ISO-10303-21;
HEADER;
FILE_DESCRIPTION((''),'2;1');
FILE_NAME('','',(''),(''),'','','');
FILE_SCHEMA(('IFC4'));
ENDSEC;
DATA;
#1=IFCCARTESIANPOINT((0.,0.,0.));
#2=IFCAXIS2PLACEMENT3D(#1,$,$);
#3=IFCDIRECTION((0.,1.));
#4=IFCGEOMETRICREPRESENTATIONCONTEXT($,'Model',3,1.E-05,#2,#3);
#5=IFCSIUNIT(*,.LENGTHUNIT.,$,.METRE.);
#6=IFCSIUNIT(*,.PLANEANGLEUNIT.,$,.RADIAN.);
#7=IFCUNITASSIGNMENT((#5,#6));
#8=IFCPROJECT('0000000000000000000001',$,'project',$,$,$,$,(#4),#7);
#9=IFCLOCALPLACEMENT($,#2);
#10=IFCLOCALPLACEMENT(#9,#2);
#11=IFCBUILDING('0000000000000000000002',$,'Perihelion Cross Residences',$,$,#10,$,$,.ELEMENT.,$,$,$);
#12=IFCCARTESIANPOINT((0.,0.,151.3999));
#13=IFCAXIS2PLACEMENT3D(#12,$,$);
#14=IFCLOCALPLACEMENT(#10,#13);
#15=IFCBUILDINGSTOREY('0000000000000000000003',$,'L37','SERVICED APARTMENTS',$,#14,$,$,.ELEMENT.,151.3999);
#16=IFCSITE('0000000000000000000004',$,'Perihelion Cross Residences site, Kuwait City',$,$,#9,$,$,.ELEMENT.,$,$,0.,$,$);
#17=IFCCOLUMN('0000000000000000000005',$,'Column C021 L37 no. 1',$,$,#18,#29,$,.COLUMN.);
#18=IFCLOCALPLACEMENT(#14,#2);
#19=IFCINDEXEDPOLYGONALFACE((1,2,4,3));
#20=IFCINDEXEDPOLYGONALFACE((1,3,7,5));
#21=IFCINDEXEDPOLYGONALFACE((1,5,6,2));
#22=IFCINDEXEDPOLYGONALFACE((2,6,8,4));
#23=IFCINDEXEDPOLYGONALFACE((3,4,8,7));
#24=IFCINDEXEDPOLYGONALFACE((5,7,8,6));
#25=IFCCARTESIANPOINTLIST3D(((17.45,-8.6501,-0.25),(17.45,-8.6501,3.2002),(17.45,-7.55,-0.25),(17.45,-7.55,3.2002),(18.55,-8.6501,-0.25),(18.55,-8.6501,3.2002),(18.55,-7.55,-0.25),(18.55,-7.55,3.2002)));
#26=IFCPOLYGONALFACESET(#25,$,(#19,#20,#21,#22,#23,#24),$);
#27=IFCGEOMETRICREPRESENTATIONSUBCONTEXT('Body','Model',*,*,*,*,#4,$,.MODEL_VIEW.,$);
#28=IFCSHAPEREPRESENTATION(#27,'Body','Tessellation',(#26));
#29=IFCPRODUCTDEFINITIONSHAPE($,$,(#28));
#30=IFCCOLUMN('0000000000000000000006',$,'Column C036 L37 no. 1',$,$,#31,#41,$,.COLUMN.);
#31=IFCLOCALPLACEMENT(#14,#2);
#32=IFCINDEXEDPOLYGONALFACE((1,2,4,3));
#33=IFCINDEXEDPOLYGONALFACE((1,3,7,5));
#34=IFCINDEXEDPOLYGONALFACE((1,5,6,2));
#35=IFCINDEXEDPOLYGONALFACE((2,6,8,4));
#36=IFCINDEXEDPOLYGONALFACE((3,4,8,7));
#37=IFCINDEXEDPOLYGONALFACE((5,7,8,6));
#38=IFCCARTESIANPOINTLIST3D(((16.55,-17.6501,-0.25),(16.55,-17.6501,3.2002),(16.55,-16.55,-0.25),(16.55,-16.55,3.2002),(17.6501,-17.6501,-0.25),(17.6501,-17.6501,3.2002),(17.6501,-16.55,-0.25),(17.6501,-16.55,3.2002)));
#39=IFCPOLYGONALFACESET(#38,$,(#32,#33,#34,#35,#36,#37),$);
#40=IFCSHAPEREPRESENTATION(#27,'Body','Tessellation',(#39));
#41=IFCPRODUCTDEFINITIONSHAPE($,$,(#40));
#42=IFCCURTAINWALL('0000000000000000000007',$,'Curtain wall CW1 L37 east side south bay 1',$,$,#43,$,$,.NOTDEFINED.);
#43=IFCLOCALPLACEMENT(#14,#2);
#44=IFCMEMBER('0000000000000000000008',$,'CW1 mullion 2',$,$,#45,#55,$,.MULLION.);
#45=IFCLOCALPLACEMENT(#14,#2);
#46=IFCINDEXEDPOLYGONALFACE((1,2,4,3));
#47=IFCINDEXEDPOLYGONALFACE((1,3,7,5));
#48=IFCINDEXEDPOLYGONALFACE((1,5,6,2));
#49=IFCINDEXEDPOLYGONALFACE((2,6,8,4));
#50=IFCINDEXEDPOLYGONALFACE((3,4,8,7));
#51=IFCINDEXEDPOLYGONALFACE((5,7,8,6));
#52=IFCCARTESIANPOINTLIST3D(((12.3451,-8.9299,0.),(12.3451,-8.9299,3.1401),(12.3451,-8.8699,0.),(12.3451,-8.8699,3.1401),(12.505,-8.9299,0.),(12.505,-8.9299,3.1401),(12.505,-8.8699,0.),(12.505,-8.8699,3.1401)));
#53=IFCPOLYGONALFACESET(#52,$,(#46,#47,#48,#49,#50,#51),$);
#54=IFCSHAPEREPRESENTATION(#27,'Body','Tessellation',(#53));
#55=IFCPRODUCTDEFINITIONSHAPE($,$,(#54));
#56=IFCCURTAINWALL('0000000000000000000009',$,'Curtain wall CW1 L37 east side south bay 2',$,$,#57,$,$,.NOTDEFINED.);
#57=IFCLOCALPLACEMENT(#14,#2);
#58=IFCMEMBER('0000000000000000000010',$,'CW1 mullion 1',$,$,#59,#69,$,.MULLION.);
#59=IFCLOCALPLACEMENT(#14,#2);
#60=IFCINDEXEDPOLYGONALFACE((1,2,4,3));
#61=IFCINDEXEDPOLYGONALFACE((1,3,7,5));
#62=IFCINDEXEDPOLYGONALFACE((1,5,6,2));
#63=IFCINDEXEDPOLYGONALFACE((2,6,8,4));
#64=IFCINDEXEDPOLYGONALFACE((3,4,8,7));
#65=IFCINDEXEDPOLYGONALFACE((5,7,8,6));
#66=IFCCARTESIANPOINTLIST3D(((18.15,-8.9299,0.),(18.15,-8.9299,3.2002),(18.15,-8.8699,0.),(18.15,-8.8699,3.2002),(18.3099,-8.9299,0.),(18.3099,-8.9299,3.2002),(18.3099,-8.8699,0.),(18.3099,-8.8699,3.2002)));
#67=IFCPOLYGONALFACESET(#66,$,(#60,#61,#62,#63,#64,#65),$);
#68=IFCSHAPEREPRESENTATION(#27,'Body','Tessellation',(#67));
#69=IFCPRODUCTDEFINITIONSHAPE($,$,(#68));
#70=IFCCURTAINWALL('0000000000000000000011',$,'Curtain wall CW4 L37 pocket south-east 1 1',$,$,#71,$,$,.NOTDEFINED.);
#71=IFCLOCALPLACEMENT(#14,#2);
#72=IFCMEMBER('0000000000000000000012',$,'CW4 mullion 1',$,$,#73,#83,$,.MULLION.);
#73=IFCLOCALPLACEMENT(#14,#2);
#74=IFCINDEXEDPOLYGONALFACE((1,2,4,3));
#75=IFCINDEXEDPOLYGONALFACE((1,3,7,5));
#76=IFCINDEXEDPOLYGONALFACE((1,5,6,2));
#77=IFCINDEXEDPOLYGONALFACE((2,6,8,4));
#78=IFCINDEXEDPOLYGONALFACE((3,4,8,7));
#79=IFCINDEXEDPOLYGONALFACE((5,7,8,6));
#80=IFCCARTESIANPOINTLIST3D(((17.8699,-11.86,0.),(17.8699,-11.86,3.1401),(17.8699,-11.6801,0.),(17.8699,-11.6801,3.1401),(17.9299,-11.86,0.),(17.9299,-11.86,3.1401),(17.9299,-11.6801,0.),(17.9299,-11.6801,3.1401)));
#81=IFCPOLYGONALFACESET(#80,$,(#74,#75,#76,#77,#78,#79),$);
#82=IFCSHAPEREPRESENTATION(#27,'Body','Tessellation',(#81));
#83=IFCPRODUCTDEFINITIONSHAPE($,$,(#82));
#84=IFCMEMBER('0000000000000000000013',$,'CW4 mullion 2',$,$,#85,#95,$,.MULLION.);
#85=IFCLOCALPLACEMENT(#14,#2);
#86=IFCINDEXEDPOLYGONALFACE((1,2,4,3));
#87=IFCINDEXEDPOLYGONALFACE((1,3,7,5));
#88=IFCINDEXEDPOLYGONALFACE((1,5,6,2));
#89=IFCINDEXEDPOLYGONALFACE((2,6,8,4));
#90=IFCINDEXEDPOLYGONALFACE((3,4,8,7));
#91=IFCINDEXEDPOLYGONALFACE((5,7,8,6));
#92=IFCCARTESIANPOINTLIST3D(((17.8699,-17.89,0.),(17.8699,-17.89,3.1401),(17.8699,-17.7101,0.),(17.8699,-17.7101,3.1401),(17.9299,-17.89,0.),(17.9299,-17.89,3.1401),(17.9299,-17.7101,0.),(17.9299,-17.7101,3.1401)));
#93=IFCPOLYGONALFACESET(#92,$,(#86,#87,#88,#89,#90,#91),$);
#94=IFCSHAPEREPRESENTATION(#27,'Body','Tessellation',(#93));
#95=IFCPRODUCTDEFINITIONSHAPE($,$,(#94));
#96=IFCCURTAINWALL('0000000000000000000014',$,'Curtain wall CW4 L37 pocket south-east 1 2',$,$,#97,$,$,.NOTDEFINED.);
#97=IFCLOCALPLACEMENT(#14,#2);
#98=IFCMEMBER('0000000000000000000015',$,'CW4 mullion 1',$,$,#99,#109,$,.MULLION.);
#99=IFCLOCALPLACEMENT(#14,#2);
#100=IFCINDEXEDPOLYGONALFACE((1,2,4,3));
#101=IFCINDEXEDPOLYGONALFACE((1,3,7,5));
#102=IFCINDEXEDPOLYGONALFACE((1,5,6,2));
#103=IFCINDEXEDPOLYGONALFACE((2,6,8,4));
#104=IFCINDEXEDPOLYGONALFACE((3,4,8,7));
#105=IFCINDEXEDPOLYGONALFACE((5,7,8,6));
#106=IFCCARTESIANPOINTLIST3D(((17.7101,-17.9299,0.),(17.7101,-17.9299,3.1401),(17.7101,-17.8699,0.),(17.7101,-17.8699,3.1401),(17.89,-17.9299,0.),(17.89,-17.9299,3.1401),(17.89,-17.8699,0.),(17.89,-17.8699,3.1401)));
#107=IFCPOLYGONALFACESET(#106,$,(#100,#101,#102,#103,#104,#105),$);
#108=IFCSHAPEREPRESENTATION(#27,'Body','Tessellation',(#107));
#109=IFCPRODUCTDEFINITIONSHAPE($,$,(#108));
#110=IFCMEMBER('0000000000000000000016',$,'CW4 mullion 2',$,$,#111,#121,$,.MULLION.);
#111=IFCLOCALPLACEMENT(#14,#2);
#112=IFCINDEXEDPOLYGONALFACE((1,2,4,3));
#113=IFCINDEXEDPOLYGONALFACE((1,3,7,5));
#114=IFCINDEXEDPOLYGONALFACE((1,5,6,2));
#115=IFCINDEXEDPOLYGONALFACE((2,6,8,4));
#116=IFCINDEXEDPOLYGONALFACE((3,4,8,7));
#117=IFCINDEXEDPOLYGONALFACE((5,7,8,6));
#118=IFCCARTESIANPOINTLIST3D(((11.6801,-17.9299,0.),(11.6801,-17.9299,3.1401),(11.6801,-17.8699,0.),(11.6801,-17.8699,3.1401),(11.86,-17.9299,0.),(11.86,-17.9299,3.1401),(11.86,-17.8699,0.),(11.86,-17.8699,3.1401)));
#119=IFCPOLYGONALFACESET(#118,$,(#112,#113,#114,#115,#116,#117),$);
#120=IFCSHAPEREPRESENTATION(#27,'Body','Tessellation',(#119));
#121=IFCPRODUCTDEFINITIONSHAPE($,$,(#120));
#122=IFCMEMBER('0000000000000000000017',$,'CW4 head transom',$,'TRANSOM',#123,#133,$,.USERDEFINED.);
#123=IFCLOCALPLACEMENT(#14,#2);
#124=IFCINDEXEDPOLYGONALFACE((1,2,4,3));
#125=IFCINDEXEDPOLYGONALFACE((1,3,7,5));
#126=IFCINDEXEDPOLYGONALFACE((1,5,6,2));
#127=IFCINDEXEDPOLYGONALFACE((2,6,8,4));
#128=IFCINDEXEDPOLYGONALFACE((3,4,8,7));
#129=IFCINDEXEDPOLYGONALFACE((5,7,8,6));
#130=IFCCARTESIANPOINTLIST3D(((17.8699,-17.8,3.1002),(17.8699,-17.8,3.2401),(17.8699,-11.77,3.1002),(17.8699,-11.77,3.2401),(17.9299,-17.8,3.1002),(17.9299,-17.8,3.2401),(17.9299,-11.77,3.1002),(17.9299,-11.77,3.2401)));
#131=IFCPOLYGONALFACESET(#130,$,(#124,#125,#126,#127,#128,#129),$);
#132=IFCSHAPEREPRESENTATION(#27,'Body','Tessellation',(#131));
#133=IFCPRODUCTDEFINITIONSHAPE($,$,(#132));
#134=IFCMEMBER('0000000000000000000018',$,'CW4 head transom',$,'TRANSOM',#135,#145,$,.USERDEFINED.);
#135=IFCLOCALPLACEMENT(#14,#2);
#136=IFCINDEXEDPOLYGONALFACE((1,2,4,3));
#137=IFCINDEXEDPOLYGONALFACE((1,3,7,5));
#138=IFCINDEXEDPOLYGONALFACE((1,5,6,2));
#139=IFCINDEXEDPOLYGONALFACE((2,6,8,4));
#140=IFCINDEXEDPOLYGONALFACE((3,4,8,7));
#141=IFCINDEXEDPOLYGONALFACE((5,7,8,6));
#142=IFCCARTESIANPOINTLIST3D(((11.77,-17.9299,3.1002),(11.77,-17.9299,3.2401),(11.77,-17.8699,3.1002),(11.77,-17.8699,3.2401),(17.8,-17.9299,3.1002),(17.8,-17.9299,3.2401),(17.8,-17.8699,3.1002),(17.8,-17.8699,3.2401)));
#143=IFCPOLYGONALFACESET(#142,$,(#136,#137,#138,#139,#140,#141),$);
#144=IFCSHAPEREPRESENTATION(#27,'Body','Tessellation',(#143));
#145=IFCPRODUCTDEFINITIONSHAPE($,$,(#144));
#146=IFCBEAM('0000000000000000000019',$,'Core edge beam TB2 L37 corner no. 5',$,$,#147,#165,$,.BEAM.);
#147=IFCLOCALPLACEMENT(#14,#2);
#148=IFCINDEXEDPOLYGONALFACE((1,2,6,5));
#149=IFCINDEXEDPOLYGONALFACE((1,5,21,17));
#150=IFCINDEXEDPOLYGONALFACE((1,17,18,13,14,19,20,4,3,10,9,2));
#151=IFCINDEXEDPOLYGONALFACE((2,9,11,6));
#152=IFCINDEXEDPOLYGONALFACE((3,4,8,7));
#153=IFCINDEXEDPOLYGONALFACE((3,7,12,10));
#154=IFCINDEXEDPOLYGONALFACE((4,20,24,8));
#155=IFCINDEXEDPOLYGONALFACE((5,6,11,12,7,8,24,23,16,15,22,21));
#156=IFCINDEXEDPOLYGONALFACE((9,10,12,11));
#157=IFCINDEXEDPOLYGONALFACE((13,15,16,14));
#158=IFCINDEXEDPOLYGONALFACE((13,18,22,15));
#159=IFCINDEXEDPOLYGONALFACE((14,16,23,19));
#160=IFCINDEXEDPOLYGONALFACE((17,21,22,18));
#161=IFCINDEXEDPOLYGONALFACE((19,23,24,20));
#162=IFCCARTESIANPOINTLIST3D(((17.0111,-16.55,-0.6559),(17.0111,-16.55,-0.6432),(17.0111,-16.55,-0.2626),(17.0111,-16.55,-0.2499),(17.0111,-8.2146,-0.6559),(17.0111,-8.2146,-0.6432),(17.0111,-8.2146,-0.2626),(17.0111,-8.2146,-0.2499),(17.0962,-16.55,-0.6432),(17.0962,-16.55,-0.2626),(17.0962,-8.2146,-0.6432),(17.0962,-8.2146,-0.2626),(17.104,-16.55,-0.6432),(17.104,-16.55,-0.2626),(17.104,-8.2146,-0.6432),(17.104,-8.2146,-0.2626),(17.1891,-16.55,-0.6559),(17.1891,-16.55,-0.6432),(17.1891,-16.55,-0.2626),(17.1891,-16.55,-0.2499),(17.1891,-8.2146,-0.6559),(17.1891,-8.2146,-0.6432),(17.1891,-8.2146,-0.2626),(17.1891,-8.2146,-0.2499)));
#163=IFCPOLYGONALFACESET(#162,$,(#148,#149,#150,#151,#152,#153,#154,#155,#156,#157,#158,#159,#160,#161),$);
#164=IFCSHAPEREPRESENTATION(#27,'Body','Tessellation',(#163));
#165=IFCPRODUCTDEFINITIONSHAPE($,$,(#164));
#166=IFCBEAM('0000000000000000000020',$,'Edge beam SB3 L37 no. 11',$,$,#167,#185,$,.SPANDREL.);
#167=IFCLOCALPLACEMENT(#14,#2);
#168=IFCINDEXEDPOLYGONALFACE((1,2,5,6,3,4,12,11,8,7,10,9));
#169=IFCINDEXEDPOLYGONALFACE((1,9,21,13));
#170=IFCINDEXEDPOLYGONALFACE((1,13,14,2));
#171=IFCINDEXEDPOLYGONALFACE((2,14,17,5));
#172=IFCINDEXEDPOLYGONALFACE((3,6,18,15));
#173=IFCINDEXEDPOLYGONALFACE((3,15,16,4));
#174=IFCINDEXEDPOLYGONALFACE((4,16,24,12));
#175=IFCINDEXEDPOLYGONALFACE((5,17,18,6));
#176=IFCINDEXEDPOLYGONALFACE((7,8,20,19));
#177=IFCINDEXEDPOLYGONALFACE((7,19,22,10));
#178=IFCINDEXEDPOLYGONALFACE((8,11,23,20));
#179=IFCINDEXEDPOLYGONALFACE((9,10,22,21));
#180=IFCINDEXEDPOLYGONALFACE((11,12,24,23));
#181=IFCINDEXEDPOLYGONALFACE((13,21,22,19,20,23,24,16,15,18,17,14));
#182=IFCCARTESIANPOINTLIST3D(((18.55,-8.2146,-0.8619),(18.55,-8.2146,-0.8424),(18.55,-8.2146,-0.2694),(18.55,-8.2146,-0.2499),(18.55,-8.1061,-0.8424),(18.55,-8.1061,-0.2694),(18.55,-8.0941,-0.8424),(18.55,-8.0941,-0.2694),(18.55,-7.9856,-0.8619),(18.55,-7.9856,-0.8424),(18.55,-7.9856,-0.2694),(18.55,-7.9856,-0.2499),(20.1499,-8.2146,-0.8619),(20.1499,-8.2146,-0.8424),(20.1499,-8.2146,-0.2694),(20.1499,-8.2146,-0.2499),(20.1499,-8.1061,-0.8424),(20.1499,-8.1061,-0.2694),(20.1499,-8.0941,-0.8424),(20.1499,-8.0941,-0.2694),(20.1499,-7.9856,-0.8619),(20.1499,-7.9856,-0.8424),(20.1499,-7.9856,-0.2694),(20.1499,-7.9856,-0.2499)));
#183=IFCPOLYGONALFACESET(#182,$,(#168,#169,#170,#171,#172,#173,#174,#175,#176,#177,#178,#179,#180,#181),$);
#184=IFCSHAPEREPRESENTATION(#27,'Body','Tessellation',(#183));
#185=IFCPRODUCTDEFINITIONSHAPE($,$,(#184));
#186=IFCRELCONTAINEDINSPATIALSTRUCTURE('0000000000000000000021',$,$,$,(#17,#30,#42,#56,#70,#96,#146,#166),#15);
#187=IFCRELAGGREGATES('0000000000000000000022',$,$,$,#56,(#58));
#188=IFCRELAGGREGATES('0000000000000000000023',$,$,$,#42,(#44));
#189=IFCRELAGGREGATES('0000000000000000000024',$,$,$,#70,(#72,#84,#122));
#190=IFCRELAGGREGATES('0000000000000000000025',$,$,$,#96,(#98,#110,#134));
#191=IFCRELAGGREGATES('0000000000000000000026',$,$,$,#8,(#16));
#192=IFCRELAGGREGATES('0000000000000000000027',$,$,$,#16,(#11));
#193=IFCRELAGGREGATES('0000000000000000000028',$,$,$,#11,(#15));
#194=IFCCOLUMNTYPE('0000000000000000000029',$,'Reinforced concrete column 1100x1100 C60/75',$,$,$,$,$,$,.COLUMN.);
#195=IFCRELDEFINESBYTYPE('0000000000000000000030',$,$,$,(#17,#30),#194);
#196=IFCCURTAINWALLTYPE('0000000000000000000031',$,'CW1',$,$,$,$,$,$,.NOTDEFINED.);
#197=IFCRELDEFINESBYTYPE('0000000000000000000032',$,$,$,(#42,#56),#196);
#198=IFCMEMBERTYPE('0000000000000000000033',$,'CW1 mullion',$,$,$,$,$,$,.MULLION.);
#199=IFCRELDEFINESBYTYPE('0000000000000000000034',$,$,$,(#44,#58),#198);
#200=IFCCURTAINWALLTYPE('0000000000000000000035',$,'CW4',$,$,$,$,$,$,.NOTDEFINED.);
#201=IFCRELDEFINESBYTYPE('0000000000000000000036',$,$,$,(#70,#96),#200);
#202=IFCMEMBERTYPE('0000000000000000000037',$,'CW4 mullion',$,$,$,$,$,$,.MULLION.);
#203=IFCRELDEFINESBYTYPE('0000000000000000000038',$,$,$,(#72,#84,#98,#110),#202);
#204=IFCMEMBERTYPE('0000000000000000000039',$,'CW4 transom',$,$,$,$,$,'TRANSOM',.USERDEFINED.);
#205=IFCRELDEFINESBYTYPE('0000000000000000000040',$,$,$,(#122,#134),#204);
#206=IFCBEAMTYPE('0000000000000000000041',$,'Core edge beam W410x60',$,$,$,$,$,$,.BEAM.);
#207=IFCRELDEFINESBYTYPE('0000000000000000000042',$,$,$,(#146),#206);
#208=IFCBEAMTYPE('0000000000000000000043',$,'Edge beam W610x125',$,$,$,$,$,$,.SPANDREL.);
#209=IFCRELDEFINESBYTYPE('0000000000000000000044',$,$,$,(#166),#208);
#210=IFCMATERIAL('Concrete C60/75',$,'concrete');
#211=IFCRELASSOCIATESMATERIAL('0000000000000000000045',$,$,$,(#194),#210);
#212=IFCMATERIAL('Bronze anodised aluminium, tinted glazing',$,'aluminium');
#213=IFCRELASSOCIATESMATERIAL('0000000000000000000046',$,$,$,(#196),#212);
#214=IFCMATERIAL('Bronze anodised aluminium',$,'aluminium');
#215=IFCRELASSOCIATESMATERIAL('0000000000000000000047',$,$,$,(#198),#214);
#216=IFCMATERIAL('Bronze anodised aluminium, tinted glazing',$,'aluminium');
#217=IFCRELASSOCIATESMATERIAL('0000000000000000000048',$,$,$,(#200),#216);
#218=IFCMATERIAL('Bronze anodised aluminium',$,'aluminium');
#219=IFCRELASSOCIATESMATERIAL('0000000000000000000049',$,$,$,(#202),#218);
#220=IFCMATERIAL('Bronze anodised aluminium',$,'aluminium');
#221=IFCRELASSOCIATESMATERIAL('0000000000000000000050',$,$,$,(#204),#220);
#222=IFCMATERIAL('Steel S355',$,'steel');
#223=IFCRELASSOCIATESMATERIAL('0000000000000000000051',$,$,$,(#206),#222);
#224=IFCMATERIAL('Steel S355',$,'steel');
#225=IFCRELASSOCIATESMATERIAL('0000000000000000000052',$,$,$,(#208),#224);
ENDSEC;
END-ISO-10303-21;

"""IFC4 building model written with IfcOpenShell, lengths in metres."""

from ifc_helpers import new_model, si_unit, direction, frame, origin, origin_2d, place, context, subcontext, project, spatial, rectangle, i_section, extrude, material, material_profile, profile_set, type_object, element, aggregate, save


model = new_model("IFC4")

# Units and contexts
model_context = context("Model", 3, precision=1e-05, world=origin(), true_north=direction((0.0, 1.0)))
body_context = subcontext(model_context, "Body", "Model", "MODEL_VIEW")
ifc_project = project(units=[si_unit("LENGTHUNIT", "METRE"), si_unit("PLANEANGLEUNIT", "RADIAN")], contexts=[model_context])

# Site, building, storey
site_placement = place(None, origin())
site = spatial("IfcSite", under=ifc_project, at=site_placement, Name="Perihelion Cross Residences site, Kuwait City", CompositionType="ELEMENT", RefElevation=0.0)
building_placement = place(site_placement, origin())
building = spatial("IfcBuilding", under=site, at=building_placement, Name="Perihelion Cross Residences", CompositionType="ELEMENT")
storey_placement = place(building_placement, frame((0.0, 0.0, 151.3999)))
storey = spatial("IfcBuildingStorey", under=building, at=storey_placement, Name="L37", Description="SERVICED APARTMENTS", CompositionType="ELEMENT", Elevation=151.3999)

# Columns
ifc_material_1 = material(Name="Concrete C60/75", Category="concrete")
ifc_material_profile_1 = material_profile(ifc_material_1, rectangle(XDim=1.1001, YDim=1.1001, at=origin_2d()), Name="RC 1100x1100")
ifc_profile_set_1 = profile_set([ifc_material_profile_1], Name="Concrete C60/75")
column_type = type_object("IfcColumnType", Name="Reinforced concrete column 1100x1100 C60/75", PredefinedType="COLUMN", material=ifc_profile_set_1)
for number, where, z_axis, x_axis, name in (
    (1, (18.0, -8.1001, -0.25), (0.0, 0.0, 1.0), (1.0, 0.0, 0.0), "Column C021 L37 no. 1"),
    (2, (17.1001, -17.1001, -0.25), (0.0, 0.0, 1.0), (1.0, 0.0, 0.0), "Column C036 L37 no. 1"),
):
    element("IfcColumn", number, at=place(storey_placement, frame(where, z_axis=z_axis, x_axis=x_axis)), inside=storey, type_object=column_type, Name=name, PredefinedType="COLUMN", context=body_context, shape_type="SweptSolid", body=[
        extrude(rectangle(XDim=1.1001, YDim=1.1001, at=origin_2d()), origin(), (0.0, 0.0, 1.0), 3.4502),
    ])

# Curtain walls, members
ifc_material_2 = material(Name="Bronze anodised aluminium, tinted glazing", Category="aluminium")
curtain_wall_type_1 = type_object("IfcCurtainWallType", Name="CW1", PredefinedType="NOTDEFINED", material=ifc_material_2)
curtain_wall_1_placement = place(storey_placement, origin())
curtain_wall_1 = element("IfcCurtainWall", 3, at=curtain_wall_1_placement, inside=storey, type_object=curtain_wall_type_1, Name="Curtain wall CW1 L37 east side south bay 1", PredefinedType="NOTDEFINED")
ifc_material_3 = material(Name="Bronze anodised aluminium", Category="aluminium")
ifc_material_profile_2 = material_profile(ifc_material_3, rectangle(XDim=0.0601, YDim=0.1599, at=origin_2d()), Name="CW1 mullion")
ifc_profile_set_2 = profile_set([ifc_material_profile_2], Name="Bronze anodised aluminium")
member_type_1 = type_object("IfcMemberType", Name="CW1 mullion", PredefinedType="MULLION", material=ifc_profile_set_2)
member_1_placement = place(storey_placement, frame((12.425, -8.8999, 0.0), z_axis=(0.0, 0.0, 1.0), x_axis=(0.0, 1.0, 0.0)))
member_1 = element("IfcMember", 4, at=member_1_placement, type_object=member_type_1, Name="CW1 mullion 2", PredefinedType="MULLION", context=body_context, shape_type="SweptSolid", body=[
    extrude(rectangle(XDim=0.0601, YDim=0.1599, at=origin_2d()), origin(), (0.0, 0.0, 1.0), 3.1401),
])
curtain_wall_2_placement = place(storey_placement, origin())
curtain_wall_2 = element("IfcCurtainWall", 5, at=curtain_wall_2_placement, inside=storey, type_object=curtain_wall_type_1, Name="Curtain wall CW1 L37 east side south bay 2", PredefinedType="NOTDEFINED")
member_2_placement = place(storey_placement, frame((18.23, -8.8999, 0.0), z_axis=(0.0, 0.0, 1.0), x_axis=(0.0, 1.0, 0.0)))
member_2 = element("IfcMember", 6, at=member_2_placement, type_object=member_type_1, Name="CW1 mullion 1", PredefinedType="MULLION", context=body_context, shape_type="SweptSolid", body=[
    extrude(rectangle(XDim=0.0601, YDim=0.1599, at=origin_2d()), origin(), (0.0, 0.0, 1.0), 3.2002),
])
aggregate(curtain_wall_2, [member_2])

# Curtain walls, members
ifc_material_4 = material(Name="Bronze anodised aluminium, tinted glazing", Category="aluminium")
curtain_wall_type_2 = type_object("IfcCurtainWallType", Name="CW4", PredefinedType="NOTDEFINED", material=ifc_material_4)
curtain_wall_3_placement = place(storey_placement, origin())
curtain_wall_3 = element("IfcCurtainWall", 7, at=curtain_wall_3_placement, inside=storey, type_object=curtain_wall_type_2, Name="Curtain wall CW4 L37 pocket south-east 1 1", PredefinedType="NOTDEFINED")
ifc_material_5 = material(Name="Bronze anodised aluminium", Category="aluminium")
ifc_material_profile_3 = material_profile(ifc_material_5, rectangle(XDim=0.0601, YDim=0.1799, at=origin_2d()), Name="CW4 mullion")
ifc_profile_set_3 = profile_set([ifc_material_profile_3], Name="Bronze anodised aluminium")
member_type_2 = type_object("IfcMemberType", Name="CW4 mullion", PredefinedType="MULLION", material=ifc_profile_set_3)
member_3_placement = place(storey_placement, frame((17.8999, -11.77, 0.0), z_axis=(0.0, 0.0, 1.0), x_axis=(1.0, 0.0, 0.0)))
member_3 = element("IfcMember", 8, at=member_3_placement, type_object=member_type_2, Name="CW4 mullion 1", PredefinedType="MULLION", context=body_context, shape_type="SweptSolid", body=[
    extrude(rectangle(XDim=0.0601, YDim=0.1799, at=origin_2d()), origin(), (0.0, 0.0, 1.0), 3.1401),
])
member_4_placement = place(storey_placement, frame((17.8999, -17.8, 0.0), z_axis=(0.0, 0.0, 1.0), x_axis=(1.0, 0.0, 0.0)))
member_4 = element("IfcMember", 9, at=member_4_placement, type_object=member_type_2, Name="CW4 mullion 2", PredefinedType="MULLION", context=body_context, shape_type="SweptSolid", body=[
    extrude(rectangle(XDim=0.0601, YDim=0.1799, at=origin_2d()), origin(), (0.0, 0.0, 1.0), 3.1401),
])
curtain_wall_4_placement = place(storey_placement, origin())
curtain_wall_4 = element("IfcCurtainWall", 10, at=curtain_wall_4_placement, inside=storey, type_object=curtain_wall_type_2, Name="Curtain wall CW4 L37 pocket south-east 1 2", PredefinedType="NOTDEFINED")
member_5_placement = place(storey_placement, frame((17.8, -17.8999, 0.0), z_axis=(0.0, 0.0, 1.0), x_axis=(0.0, -1.0, 0.0)))
member_5 = element("IfcMember", 11, at=member_5_placement, type_object=member_type_2, Name="CW4 mullion 1", PredefinedType="MULLION", context=body_context, shape_type="SweptSolid", body=[
    extrude(rectangle(XDim=0.0601, YDim=0.1799, at=origin_2d()), origin(), (0.0, 0.0, 1.0), 3.1401),
])
member_6_placement = place(storey_placement, frame((11.77, -17.8999, 0.0), z_axis=(0.0, 0.0, 1.0), x_axis=(0.0, -1.0, 0.0)))
member_6 = element("IfcMember", 12, at=member_6_placement, type_object=member_type_2, Name="CW4 mullion 2", PredefinedType="MULLION", context=body_context, shape_type="SweptSolid", body=[
    extrude(rectangle(XDim=0.0601, YDim=0.1799, at=origin_2d()), origin(), (0.0, 0.0, 1.0), 3.1401),
])

# Members
ifc_material_6 = material(Name="Bronze anodised aluminium", Category="aluminium")
ifc_material_profile_4 = material_profile(ifc_material_6, rectangle(XDim=0.0601, YDim=0.1399, at=origin_2d()), Name="CW4 transom")
ifc_profile_set_4 = profile_set([ifc_material_profile_4], Name="Bronze anodised aluminium")
member_type_3 = type_object("IfcMemberType", Name="CW4 transom", ElementType="TRANSOM", PredefinedType="USERDEFINED", material=ifc_profile_set_4)
member_7_placement = place(storey_placement, frame((17.8999, -11.77, 3.1702), z_axis=(0.0, -1.0, 0.0), x_axis=(1.0, 0.0, 0.0)))
member_7 = element("IfcMember", 13, at=member_7_placement, type_object=member_type_3, Name="CW4 head transom", ObjectType="TRANSOM", PredefinedType="USERDEFINED", context=body_context, shape_type="SweptSolid", body=[
    extrude(rectangle(XDim=0.0601, YDim=0.1399, at=origin_2d()), origin(), (0.0, 0.0, 1.0), 6.03),
])
member_8_placement = place(storey_placement, frame((17.8, -17.8999, 3.1702), z_axis=(-1.0, 0.0, 0.0), x_axis=(0.0, -1.0, 0.0)))
member_8 = element("IfcMember", 14, at=member_8_placement, type_object=member_type_3, Name="CW4 head transom", ObjectType="TRANSOM", PredefinedType="USERDEFINED", context=body_context, shape_type="SweptSolid", body=[
    extrude(rectangle(XDim=0.0601, YDim=0.1399, at=origin_2d()), origin(), (0.0, 0.0, 1.0), 6.03),
])

# Beams
ifc_material_7 = material(Name="Steel S355", Category="steel")
ifc_material_profile_5 = material_profile(ifc_material_7, i_section(OverallWidth=0.178, OverallDepth=0.406, WebThickness=0.0078, FlangeThickness=0.0127, at=origin_2d()), Name="W410x60")
ifc_profile_set_5 = profile_set([ifc_material_profile_5], Name="Steel S355")
beam_type_1 = type_object("IfcBeamType", Name="Core edge beam W410x60", PredefinedType="BEAM", material=ifc_profile_set_5)
beam_1_placement = place(storey_placement, frame((17.1001, -8.2146, -0.4529), z_axis=(0.0, -1.0, 0.0), x_axis=(1.0, 0.0, 0.0)))
element("IfcBeam", 15, at=beam_1_placement, inside=storey, type_object=beam_type_1, Name="Core edge beam TB2 L37 corner no. 5", PredefinedType="BEAM", context=body_context, shape_type="SweptSolid", body=[
    extrude(i_section(OverallWidth=0.178, OverallDepth=0.406, WebThickness=0.0078, FlangeThickness=0.0127, at=origin_2d()), origin(), (0.0, 0.0, 1.0), 8.3354),
])
ifc_material_8 = material(Name="Steel S355", Category="steel")
ifc_material_profile_6 = material_profile(ifc_material_8, i_section(OverallWidth=0.229, OverallDepth=0.6121, WebThickness=0.012, FlangeThickness=0.0195, at=origin_2d()), Name="W610x125")
ifc_profile_set_6 = profile_set([ifc_material_profile_6], Name="Steel S355")
beam_type_2 = type_object("IfcBeamType", Name="Edge beam W610x125", PredefinedType="SPANDREL", material=ifc_profile_set_6)
beam_2_placement = place(storey_placement, frame((18.55, -8.1001, -0.5559), z_axis=(1.0, 0.0, 0.0), x_axis=(0.0, 1.0, 0.0)))
element("IfcBeam", 16, at=beam_2_placement, inside=storey, type_object=beam_type_2, Name="Edge beam SB3 L37 no. 11", PredefinedType="SPANDREL", context=body_context, shape_type="SweptSolid", body=[
    extrude(i_section(OverallWidth=0.229, OverallDepth=0.6121, WebThickness=0.012, FlangeThickness=0.0195, at=origin_2d()), origin(), (0.0, 0.0, 1.0), 1.5999),
])

aggregate(curtain_wall_1, [member_1])
aggregate(curtain_wall_3, [member_3, member_4, member_7])
aggregate(curtain_wall_4, [member_5, member_6, member_8])

save(model, "model.ifc")
